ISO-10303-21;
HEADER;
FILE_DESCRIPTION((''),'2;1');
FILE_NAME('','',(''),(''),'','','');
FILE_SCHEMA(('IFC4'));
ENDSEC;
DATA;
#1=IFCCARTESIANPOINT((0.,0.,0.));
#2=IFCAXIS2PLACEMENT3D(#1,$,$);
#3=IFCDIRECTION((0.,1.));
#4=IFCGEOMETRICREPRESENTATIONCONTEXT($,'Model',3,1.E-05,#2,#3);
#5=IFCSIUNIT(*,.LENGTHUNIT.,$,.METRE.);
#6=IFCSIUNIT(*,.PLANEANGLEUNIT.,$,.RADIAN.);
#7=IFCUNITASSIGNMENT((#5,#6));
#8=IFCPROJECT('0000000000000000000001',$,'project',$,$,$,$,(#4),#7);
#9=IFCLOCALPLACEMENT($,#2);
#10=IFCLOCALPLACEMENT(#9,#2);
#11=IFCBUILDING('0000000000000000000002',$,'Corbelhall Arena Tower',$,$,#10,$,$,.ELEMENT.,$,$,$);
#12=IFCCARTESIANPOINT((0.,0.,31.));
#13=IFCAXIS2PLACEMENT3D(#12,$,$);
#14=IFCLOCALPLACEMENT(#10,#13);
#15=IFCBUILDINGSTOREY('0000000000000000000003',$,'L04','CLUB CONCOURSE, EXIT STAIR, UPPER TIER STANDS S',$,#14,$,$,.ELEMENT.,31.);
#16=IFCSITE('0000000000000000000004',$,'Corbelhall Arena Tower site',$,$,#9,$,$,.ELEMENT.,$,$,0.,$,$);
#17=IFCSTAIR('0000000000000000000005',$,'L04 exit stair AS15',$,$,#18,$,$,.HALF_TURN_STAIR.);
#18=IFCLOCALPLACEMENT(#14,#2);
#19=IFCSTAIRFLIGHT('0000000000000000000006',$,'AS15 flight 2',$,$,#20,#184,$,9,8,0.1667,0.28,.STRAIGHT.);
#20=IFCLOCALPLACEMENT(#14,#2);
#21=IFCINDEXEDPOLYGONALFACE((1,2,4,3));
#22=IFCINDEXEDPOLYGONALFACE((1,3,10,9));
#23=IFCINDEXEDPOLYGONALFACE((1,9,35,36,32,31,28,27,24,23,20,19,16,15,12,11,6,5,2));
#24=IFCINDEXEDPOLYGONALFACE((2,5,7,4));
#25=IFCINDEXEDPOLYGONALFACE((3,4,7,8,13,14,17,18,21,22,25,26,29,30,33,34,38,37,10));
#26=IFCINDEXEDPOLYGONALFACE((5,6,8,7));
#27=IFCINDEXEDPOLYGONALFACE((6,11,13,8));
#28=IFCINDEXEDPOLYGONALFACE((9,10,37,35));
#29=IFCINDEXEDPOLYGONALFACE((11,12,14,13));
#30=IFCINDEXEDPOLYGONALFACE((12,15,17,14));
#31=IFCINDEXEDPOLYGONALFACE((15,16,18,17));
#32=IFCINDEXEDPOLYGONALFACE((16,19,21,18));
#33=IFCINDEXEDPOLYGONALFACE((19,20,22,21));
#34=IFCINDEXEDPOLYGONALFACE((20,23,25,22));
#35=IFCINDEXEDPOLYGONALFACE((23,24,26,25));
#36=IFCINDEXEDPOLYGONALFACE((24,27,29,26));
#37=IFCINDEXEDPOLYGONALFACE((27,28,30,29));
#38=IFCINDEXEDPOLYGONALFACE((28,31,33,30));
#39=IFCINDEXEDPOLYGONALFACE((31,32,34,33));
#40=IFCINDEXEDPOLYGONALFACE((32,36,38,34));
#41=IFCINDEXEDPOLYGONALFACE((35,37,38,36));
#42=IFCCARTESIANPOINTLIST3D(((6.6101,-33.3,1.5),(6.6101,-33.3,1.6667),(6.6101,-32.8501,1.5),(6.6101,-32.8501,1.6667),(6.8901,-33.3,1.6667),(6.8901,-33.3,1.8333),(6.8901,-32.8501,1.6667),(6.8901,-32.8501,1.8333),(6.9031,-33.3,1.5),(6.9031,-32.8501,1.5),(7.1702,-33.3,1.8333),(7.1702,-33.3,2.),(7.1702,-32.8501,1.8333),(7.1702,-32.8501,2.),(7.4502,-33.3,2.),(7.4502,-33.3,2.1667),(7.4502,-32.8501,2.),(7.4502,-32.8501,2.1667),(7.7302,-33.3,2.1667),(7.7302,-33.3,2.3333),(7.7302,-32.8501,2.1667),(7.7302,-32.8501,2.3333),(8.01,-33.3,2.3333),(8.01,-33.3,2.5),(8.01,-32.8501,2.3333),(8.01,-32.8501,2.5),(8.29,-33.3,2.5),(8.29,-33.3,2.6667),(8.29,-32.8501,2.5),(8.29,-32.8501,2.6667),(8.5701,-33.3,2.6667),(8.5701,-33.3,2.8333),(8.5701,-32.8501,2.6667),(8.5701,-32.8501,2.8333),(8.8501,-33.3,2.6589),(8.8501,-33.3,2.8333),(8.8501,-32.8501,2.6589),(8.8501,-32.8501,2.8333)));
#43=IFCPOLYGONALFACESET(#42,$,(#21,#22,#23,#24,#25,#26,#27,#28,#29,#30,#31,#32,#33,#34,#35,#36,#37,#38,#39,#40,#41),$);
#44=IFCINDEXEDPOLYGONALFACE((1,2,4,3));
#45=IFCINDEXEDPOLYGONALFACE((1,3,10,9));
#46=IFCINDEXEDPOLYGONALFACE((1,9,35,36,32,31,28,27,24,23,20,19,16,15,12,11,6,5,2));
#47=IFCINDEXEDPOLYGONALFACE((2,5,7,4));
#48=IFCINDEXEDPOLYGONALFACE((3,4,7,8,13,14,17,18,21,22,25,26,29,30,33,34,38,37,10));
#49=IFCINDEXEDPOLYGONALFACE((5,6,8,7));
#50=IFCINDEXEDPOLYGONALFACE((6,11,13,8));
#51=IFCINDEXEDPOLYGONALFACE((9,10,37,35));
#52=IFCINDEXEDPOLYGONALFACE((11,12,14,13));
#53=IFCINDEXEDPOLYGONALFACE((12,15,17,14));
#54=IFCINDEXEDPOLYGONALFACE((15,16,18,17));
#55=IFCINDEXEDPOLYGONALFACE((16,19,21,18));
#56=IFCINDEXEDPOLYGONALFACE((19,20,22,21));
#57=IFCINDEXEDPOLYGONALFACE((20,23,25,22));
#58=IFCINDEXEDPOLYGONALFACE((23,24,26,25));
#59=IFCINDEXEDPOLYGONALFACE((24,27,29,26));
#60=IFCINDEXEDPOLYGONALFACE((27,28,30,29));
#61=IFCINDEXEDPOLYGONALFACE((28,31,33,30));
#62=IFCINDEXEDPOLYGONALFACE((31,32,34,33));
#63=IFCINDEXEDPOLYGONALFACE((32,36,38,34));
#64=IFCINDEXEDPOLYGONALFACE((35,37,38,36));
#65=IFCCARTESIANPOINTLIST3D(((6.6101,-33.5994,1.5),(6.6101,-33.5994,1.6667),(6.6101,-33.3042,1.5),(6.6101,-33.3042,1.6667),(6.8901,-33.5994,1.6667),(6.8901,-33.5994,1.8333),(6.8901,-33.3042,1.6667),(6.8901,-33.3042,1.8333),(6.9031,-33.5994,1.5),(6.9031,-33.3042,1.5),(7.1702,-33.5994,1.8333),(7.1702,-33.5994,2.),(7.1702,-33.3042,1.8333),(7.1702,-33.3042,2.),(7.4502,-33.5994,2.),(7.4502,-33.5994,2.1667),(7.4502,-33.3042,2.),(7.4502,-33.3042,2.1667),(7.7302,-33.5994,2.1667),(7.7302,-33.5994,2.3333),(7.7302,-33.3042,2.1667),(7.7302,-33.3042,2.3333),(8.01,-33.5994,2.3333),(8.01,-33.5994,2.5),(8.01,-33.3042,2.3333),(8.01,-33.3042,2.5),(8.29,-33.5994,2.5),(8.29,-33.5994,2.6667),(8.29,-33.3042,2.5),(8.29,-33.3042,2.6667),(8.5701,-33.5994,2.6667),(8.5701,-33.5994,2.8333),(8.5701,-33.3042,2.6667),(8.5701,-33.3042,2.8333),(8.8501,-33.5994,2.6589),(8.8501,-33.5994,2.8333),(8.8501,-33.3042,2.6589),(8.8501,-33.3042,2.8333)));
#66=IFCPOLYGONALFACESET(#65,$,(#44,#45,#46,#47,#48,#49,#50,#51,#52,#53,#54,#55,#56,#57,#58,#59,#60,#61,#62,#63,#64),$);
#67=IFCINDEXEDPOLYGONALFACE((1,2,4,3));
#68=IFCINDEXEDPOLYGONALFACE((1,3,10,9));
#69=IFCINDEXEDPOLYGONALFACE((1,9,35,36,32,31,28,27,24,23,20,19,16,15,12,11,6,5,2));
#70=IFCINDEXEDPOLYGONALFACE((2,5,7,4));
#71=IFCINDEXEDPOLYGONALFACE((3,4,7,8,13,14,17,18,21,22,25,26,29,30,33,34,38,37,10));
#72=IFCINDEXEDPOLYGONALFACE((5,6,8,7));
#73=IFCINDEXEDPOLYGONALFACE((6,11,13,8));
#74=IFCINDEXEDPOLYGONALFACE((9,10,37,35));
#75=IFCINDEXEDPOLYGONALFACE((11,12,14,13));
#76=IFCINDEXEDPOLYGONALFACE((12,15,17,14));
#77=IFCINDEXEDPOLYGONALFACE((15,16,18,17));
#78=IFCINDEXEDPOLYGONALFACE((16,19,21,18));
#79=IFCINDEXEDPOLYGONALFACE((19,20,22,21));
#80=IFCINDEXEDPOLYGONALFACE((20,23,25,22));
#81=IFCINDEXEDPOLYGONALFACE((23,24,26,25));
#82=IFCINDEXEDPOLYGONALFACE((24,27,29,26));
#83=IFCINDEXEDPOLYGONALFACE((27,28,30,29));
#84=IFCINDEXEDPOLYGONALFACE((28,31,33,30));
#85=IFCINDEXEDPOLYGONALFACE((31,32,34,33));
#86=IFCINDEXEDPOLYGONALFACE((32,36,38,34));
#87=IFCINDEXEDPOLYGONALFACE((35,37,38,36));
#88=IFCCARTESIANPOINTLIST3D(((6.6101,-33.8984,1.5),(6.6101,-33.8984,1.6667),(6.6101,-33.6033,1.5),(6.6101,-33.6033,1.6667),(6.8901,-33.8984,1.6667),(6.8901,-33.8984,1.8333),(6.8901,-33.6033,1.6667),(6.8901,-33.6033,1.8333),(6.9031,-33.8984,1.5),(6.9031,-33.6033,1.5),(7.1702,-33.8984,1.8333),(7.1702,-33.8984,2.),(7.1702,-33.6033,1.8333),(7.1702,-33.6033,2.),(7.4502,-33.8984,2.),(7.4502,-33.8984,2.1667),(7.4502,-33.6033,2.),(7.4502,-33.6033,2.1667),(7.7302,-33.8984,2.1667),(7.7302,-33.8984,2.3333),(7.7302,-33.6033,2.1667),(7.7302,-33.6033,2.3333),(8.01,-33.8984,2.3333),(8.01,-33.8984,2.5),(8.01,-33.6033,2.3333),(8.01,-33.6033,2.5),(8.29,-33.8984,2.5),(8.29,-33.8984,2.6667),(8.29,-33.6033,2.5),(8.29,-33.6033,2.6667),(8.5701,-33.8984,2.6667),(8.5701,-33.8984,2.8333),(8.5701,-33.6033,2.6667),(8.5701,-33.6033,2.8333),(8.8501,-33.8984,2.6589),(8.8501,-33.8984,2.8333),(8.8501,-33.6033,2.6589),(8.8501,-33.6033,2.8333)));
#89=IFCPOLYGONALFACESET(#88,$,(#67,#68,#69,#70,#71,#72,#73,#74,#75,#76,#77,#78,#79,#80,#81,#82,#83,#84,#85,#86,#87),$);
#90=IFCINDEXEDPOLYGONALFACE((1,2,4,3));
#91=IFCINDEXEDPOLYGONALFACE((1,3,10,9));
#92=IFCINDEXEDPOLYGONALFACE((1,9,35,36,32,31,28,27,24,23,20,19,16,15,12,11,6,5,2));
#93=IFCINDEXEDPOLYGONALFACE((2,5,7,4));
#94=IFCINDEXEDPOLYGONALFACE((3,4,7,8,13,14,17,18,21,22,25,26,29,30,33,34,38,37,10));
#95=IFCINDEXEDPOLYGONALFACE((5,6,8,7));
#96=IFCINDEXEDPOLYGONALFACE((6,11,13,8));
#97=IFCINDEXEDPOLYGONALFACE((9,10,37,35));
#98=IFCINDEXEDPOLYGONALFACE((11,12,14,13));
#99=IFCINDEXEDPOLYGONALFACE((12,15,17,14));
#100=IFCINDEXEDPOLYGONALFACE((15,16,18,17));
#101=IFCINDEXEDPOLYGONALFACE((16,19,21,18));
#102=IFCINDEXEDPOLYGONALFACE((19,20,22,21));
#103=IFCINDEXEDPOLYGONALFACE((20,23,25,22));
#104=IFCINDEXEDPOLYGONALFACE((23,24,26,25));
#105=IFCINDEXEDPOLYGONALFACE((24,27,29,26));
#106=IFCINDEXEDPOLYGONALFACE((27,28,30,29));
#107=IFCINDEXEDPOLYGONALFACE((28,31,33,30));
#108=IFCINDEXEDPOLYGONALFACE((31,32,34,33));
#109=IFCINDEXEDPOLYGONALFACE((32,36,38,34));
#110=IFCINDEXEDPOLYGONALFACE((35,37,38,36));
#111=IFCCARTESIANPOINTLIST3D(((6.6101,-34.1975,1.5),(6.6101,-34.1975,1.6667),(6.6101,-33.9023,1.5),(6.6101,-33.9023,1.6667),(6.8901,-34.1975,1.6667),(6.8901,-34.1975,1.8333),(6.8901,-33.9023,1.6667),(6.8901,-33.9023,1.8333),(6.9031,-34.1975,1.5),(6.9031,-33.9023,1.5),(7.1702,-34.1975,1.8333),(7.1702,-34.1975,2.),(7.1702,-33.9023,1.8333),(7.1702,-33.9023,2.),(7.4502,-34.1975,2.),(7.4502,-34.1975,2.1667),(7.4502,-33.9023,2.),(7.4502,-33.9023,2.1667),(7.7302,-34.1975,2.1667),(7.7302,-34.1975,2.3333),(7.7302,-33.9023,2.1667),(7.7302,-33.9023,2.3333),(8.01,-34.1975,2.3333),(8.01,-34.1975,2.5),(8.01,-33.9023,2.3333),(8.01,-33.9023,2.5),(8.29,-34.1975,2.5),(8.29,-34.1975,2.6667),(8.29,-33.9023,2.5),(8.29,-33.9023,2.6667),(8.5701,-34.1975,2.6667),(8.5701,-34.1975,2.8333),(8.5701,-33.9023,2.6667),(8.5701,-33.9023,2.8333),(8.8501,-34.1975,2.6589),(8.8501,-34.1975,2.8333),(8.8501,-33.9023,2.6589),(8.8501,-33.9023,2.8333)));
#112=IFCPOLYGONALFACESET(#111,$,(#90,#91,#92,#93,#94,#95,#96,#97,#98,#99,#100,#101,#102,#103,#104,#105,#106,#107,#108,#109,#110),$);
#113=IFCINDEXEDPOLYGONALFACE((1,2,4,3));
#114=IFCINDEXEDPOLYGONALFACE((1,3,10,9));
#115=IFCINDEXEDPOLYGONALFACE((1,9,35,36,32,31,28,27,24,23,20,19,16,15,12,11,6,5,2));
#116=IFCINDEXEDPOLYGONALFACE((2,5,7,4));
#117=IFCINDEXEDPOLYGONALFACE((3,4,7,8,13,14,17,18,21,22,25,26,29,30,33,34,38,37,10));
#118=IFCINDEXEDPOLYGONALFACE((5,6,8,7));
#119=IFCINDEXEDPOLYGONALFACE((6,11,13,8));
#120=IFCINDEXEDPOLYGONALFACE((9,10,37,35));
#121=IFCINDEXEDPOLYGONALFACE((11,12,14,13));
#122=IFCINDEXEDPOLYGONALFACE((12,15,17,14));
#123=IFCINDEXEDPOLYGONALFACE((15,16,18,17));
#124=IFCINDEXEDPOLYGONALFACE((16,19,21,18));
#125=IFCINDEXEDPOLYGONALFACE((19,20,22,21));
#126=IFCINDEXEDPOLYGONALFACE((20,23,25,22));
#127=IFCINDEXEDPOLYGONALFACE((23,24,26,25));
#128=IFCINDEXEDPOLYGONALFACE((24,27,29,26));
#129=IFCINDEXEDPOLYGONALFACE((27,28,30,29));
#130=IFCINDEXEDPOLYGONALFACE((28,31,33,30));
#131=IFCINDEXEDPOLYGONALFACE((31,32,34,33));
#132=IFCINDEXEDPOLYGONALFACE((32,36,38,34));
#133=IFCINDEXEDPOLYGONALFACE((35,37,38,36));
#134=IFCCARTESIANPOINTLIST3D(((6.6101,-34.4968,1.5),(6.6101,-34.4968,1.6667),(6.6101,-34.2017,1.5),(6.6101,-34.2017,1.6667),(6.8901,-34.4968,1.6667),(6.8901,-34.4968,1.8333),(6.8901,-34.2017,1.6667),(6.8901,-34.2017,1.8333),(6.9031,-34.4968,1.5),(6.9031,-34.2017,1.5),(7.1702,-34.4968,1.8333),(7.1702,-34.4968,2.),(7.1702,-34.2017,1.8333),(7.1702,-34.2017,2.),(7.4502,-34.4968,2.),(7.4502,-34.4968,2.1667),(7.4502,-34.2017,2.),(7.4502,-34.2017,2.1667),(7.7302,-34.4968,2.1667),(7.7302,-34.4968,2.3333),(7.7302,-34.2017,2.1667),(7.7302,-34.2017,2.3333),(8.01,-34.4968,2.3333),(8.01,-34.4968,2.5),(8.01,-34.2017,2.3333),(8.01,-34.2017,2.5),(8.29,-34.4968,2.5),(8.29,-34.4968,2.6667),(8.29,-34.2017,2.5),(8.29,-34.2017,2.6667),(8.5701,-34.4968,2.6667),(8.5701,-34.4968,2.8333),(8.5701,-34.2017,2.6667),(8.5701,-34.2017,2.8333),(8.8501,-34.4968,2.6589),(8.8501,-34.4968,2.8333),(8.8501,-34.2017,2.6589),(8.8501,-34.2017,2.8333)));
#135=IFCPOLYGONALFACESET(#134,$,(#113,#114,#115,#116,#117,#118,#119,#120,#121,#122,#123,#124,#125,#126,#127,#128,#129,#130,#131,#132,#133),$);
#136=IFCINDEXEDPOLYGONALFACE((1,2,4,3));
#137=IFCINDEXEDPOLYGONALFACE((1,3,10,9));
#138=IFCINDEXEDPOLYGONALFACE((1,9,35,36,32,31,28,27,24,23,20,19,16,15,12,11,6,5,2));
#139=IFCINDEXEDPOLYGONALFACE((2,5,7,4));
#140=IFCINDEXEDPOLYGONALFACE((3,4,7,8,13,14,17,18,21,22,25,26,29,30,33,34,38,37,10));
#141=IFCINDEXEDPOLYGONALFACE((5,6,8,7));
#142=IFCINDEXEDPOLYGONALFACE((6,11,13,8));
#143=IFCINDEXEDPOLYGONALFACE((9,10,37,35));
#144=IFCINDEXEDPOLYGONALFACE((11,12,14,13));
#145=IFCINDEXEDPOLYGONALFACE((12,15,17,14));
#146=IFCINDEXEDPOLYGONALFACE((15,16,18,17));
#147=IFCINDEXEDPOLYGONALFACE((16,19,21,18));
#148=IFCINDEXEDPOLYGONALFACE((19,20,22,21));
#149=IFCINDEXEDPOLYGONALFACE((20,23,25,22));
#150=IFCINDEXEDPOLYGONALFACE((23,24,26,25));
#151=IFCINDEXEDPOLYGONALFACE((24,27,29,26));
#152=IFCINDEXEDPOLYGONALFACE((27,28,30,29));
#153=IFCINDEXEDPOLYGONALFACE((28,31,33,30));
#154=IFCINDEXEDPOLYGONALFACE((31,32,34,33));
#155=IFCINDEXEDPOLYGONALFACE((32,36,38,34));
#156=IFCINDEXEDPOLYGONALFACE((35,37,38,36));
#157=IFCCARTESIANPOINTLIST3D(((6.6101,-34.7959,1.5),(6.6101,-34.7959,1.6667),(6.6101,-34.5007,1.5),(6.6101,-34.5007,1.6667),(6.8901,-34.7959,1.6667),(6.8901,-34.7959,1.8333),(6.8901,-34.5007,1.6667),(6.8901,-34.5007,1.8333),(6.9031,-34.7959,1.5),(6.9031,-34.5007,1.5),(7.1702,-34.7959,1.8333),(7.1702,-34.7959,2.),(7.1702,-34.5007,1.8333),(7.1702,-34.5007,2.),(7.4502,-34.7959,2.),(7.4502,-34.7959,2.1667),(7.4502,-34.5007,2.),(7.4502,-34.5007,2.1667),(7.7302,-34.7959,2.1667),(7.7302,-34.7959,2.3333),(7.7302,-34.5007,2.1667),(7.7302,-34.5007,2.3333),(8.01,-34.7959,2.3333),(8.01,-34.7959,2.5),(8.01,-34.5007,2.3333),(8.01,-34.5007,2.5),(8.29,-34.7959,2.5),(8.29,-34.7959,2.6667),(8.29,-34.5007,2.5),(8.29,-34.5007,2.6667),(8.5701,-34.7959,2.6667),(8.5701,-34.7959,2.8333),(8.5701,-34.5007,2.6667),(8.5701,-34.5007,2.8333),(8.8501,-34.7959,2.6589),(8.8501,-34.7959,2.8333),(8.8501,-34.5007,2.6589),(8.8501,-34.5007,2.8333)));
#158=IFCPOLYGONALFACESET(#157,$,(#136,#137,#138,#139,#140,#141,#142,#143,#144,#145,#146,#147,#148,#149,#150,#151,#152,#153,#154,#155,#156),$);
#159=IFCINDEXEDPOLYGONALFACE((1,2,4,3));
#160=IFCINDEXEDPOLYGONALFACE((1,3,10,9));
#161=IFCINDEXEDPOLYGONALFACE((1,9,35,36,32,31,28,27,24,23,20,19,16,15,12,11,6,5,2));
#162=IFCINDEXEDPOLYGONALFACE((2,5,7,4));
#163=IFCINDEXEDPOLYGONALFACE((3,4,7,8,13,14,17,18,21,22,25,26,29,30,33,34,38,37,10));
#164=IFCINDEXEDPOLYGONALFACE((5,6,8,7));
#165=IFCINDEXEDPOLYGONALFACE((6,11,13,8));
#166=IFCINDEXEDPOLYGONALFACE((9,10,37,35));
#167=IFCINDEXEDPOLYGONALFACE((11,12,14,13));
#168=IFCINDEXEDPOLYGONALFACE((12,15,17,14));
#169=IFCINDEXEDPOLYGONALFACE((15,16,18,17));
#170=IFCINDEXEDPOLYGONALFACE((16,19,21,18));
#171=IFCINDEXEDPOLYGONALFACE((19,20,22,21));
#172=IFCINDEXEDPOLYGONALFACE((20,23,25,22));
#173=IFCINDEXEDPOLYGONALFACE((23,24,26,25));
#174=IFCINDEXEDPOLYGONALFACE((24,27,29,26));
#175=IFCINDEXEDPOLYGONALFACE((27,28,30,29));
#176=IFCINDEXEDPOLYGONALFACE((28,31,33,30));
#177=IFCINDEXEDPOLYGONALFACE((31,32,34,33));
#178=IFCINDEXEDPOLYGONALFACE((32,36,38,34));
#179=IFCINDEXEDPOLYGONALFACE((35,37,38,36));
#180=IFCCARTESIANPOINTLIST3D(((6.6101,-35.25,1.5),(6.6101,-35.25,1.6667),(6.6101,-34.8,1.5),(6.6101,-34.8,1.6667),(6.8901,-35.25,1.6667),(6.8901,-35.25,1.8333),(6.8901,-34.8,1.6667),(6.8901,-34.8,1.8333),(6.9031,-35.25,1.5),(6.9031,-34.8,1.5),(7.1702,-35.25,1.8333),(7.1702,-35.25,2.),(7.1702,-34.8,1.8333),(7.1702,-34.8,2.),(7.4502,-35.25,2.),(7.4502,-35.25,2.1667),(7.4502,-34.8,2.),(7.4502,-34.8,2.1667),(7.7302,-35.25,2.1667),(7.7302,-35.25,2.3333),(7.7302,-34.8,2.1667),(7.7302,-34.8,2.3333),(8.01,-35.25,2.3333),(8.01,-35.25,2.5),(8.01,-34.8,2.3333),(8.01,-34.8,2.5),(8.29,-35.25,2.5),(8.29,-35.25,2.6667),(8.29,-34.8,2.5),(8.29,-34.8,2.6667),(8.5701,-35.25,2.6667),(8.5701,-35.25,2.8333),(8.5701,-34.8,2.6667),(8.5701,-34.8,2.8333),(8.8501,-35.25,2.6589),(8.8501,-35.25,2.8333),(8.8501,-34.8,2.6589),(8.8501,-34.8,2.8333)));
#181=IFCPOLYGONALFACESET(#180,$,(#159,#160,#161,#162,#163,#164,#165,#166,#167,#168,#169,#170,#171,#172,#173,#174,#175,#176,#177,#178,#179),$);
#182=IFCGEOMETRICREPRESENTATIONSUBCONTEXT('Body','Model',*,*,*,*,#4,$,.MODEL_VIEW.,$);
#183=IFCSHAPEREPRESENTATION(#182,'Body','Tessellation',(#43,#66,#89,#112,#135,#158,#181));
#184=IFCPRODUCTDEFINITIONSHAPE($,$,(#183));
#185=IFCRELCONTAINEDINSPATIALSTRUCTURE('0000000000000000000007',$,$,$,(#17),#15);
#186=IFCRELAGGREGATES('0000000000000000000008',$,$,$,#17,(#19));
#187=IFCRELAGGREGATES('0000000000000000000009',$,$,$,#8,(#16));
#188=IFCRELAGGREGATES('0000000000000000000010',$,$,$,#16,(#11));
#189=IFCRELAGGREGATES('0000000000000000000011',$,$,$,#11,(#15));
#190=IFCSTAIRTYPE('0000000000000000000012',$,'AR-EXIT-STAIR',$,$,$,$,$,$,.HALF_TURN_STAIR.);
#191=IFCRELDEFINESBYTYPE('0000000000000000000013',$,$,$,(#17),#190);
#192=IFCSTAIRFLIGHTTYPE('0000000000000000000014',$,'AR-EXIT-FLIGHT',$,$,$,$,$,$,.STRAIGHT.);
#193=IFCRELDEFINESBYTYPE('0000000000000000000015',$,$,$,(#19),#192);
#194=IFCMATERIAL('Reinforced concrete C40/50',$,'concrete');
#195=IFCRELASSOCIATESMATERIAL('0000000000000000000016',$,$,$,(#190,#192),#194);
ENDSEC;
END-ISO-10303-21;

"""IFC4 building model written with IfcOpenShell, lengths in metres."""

from ifc_helpers import new_model, si_unit, direction, frame, origin, place, context, subcontext, project, spatial, polyline, outline, extrude, material, type_object, element, aggregate, save


model = new_model("IFC4")

# Units and contexts
model_context = context("Model", 3, precision=1e-05, world=origin(), true_north=direction((0.0, 1.0)))
body_context = subcontext(model_context, "Body", "Model", "MODEL_VIEW")
ifc_project = project(units=[si_unit("LENGTHUNIT", "METRE"), si_unit("PLANEANGLEUNIT", "RADIAN")], contexts=[model_context])

# Site, building, storey
site_placement = place(None, origin())
site = spatial("IfcSite", under=ifc_project, at=site_placement, Name="Corbelhall Arena Tower site", CompositionType="ELEMENT", RefElevation=0.0)
building_placement = place(site_placement, origin())
building = spatial("IfcBuilding", under=site, at=building_placement, Name="Corbelhall Arena Tower", CompositionType="ELEMENT")
storey_placement = place(building_placement, frame((0.0, 0.0, 31.0)))
storey = spatial("IfcBuildingStorey", under=building, at=storey_placement, Name="L04", Description="CLUB CONCOURSE, EXIT STAIR, UPPER TIER STANDS S", CompositionType="ELEMENT", Elevation=31.0)

# Shared definitions
ifc_material_1 = material(Name="Reinforced concrete C40/50", Category="concrete")

# Stair, stair flight
stair_type = type_object("IfcStairType", Name="AR-EXIT-STAIR", PredefinedType="HALF_TURN_STAIR", material=ifc_material_1)
stair_1_placement = place(storey_placement, origin())
stair_1 = element("IfcStair", 1, at=stair_1_placement, inside=storey, type_object=stair_type, Name="L04 exit stair AS15", PredefinedType="HALF_TURN_STAIR")
stair_flight_type = type_object("IfcStairFlightType", Name="AR-EXIT-FLIGHT", PredefinedType="STRAIGHT", material=ifc_material_1)
stair_flight_1_placement = place(storey_placement, frame((6.6101, -34.05, 1.5), z_axis=(0.0, 0.0, 1.0), x_axis=(1.0, 0.0, 0.0)))
stair_flight_1 = element("IfcStairFlight", 2, at=stair_flight_1_placement, type_object=stair_flight_type, Name="AS15 flight 2", NumberOfRisers=9, NumberOfTreads=8, PredefinedType="STRAIGHT", RiserHeight=0.1667, TreadLength=0.28, context=body_context, shape_type="SweptSolid", body=[
    extrude(outline(polyline([(0.0, 0.0), (0.0, 0.1667), (0.28, 0.1667), (0.28, 0.3333), (0.5601, 0.3333), (0.5601, 0.5), (0.8401, 0.5), (0.8401, 0.6667), (1.1201, 0.6667), (1.1201, 0.8333), (1.3999, 0.8333), (1.3999, 1.0), (1.6799, 1.0), (1.6799, 1.1667), (1.96, 1.1667), (1.96, 1.3333), (2.24, 1.3333), (2.24, 1.5), (2.24, 1.1589), (0.293, 0.0), (0.0, 0.0)])), frame((0.0, 1.2, 0.0), z_axis=(0.0, -1.0, 0.0), x_axis=(1.0, 0.0, 0.0)), (0.0, 0.0, 1.0), 0.45),
    extrude(outline(polyline([(0.0, 0.0), (0.0, 0.1667), (0.28, 0.1667), (0.28, 0.3333), (0.5601, 0.3333), (0.5601, 0.5), (0.8401, 0.5), (0.8401, 0.6667), (1.1201, 0.6667), (1.1201, 0.8333), (1.3999, 0.8333), (1.3999, 1.0), (1.6799, 1.0), (1.6799, 1.1667), (1.96, 1.1667), (1.96, 1.3333), (2.24, 1.3333), (2.24, 1.5), (2.24, 1.1589), (0.293, 0.0), (0.0, 0.0)])), frame((0.0, 0.7458, 0.0), z_axis=(0.0, -1.0, 0.0), x_axis=(1.0, 0.0, 0.0)), (0.0, 0.0, 1.0), 0.2952),
    extrude(outline(polyline([(0.0, 0.0), (0.0, 0.1667), (0.28, 0.1667), (0.28, 0.3333), (0.5601, 0.3333), (0.5601, 0.5), (0.8401, 0.5), (0.8401, 0.6667), (1.1201, 0.6667), (1.1201, 0.8333), (1.3999, 0.8333), (1.3999, 1.0), (1.6799, 1.0), (1.6799, 1.1667), (1.96, 1.1667), (1.96, 1.3333), (2.24, 1.3333), (2.24, 1.5), (2.24, 1.1589), (0.293, 0.0), (0.0, 0.0)])), frame((0.0, 0.4468, 0.0), z_axis=(0.0, -1.0, 0.0), x_axis=(1.0, 0.0, 0.0)), (0.0, 0.0, 1.0), 0.2952),
    extrude(outline(polyline([(0.0, 0.0), (0.0, 0.1667), (0.28, 0.1667), (0.28, 0.3333), (0.5601, 0.3333), (0.5601, 0.5), (0.8401, 0.5), (0.8401, 0.6667), (1.1201, 0.6667), (1.1201, 0.8333), (1.3999, 0.8333), (1.3999, 1.0), (1.6799, 1.0), (1.6799, 1.1667), (1.96, 1.1667), (1.96, 1.3333), (2.24, 1.3333), (2.24, 1.5), (2.24, 1.1589), (0.293, 0.0), (0.0, 0.0)])), frame((0.0, 0.1477, 0.0), z_axis=(0.0, -1.0, 0.0), x_axis=(1.0, 0.0, 0.0)), (0.0, 0.0, 1.0), 0.2952),
    extrude(outline(polyline([(0.0, 0.0), (0.0, 0.1667), (0.28, 0.1667), (0.28, 0.3333), (0.5601, 0.3333), (0.5601, 0.5), (0.8401, 0.5), (0.8401, 0.6667), (1.1201, 0.6667), (1.1201, 0.8333), (1.3999, 0.8333), (1.3999, 1.0), (1.6799, 1.0), (1.6799, 1.1667), (1.96, 1.1667), (1.96, 1.3333), (2.24, 1.3333), (2.24, 1.5), (2.24, 1.1589), (0.293, 0.0), (0.0, 0.0)])), frame((0.0, -0.1516, 0.0), z_axis=(0.0, -1.0, 0.0), x_axis=(1.0, 0.0, 0.0)), (0.0, 0.0, 1.0), 0.2952),
    extrude(outline(polyline([(0.0, 0.0), (0.0, 0.1667), (0.28, 0.1667), (0.28, 0.3333), (0.5601, 0.3333), (0.5601, 0.5), (0.8401, 0.5), (0.8401, 0.6667), (1.1201, 0.6667), (1.1201, 0.8333), (1.3999, 0.8333), (1.3999, 1.0), (1.6799, 1.0), (1.6799, 1.1667), (1.96, 1.1667), (1.96, 1.3333), (2.24, 1.3333), (2.24, 1.5), (2.24, 1.1589), (0.293, 0.0), (0.0, 0.0)])), frame((0.0, -0.4507, 0.0), z_axis=(0.0, -1.0, 0.0), x_axis=(1.0, 0.0, 0.0)), (0.0, 0.0, 1.0), 0.2952),
    extrude(outline(polyline([(0.0, 0.0), (0.0, 0.1667), (0.28, 0.1667), (0.28, 0.3333), (0.5601, 0.3333), (0.5601, 0.5), (0.8401, 0.5), (0.8401, 0.6667), (1.1201, 0.6667), (1.1201, 0.8333), (1.3999, 0.8333), (1.3999, 1.0), (1.6799, 1.0), (1.6799, 1.1667), (1.96, 1.1667), (1.96, 1.3333), (2.24, 1.3333), (2.24, 1.5), (2.24, 1.1589), (0.293, 0.0), (0.0, 0.0)])), frame((0.0, -0.75, 0.0), z_axis=(0.0, -1.0, 0.0), x_axis=(1.0, 0.0, 0.0)), (0.0, 0.0, 1.0), 0.45),
])
aggregate(stair_1, [stair_flight_1])

save(model, "model.ifc")
